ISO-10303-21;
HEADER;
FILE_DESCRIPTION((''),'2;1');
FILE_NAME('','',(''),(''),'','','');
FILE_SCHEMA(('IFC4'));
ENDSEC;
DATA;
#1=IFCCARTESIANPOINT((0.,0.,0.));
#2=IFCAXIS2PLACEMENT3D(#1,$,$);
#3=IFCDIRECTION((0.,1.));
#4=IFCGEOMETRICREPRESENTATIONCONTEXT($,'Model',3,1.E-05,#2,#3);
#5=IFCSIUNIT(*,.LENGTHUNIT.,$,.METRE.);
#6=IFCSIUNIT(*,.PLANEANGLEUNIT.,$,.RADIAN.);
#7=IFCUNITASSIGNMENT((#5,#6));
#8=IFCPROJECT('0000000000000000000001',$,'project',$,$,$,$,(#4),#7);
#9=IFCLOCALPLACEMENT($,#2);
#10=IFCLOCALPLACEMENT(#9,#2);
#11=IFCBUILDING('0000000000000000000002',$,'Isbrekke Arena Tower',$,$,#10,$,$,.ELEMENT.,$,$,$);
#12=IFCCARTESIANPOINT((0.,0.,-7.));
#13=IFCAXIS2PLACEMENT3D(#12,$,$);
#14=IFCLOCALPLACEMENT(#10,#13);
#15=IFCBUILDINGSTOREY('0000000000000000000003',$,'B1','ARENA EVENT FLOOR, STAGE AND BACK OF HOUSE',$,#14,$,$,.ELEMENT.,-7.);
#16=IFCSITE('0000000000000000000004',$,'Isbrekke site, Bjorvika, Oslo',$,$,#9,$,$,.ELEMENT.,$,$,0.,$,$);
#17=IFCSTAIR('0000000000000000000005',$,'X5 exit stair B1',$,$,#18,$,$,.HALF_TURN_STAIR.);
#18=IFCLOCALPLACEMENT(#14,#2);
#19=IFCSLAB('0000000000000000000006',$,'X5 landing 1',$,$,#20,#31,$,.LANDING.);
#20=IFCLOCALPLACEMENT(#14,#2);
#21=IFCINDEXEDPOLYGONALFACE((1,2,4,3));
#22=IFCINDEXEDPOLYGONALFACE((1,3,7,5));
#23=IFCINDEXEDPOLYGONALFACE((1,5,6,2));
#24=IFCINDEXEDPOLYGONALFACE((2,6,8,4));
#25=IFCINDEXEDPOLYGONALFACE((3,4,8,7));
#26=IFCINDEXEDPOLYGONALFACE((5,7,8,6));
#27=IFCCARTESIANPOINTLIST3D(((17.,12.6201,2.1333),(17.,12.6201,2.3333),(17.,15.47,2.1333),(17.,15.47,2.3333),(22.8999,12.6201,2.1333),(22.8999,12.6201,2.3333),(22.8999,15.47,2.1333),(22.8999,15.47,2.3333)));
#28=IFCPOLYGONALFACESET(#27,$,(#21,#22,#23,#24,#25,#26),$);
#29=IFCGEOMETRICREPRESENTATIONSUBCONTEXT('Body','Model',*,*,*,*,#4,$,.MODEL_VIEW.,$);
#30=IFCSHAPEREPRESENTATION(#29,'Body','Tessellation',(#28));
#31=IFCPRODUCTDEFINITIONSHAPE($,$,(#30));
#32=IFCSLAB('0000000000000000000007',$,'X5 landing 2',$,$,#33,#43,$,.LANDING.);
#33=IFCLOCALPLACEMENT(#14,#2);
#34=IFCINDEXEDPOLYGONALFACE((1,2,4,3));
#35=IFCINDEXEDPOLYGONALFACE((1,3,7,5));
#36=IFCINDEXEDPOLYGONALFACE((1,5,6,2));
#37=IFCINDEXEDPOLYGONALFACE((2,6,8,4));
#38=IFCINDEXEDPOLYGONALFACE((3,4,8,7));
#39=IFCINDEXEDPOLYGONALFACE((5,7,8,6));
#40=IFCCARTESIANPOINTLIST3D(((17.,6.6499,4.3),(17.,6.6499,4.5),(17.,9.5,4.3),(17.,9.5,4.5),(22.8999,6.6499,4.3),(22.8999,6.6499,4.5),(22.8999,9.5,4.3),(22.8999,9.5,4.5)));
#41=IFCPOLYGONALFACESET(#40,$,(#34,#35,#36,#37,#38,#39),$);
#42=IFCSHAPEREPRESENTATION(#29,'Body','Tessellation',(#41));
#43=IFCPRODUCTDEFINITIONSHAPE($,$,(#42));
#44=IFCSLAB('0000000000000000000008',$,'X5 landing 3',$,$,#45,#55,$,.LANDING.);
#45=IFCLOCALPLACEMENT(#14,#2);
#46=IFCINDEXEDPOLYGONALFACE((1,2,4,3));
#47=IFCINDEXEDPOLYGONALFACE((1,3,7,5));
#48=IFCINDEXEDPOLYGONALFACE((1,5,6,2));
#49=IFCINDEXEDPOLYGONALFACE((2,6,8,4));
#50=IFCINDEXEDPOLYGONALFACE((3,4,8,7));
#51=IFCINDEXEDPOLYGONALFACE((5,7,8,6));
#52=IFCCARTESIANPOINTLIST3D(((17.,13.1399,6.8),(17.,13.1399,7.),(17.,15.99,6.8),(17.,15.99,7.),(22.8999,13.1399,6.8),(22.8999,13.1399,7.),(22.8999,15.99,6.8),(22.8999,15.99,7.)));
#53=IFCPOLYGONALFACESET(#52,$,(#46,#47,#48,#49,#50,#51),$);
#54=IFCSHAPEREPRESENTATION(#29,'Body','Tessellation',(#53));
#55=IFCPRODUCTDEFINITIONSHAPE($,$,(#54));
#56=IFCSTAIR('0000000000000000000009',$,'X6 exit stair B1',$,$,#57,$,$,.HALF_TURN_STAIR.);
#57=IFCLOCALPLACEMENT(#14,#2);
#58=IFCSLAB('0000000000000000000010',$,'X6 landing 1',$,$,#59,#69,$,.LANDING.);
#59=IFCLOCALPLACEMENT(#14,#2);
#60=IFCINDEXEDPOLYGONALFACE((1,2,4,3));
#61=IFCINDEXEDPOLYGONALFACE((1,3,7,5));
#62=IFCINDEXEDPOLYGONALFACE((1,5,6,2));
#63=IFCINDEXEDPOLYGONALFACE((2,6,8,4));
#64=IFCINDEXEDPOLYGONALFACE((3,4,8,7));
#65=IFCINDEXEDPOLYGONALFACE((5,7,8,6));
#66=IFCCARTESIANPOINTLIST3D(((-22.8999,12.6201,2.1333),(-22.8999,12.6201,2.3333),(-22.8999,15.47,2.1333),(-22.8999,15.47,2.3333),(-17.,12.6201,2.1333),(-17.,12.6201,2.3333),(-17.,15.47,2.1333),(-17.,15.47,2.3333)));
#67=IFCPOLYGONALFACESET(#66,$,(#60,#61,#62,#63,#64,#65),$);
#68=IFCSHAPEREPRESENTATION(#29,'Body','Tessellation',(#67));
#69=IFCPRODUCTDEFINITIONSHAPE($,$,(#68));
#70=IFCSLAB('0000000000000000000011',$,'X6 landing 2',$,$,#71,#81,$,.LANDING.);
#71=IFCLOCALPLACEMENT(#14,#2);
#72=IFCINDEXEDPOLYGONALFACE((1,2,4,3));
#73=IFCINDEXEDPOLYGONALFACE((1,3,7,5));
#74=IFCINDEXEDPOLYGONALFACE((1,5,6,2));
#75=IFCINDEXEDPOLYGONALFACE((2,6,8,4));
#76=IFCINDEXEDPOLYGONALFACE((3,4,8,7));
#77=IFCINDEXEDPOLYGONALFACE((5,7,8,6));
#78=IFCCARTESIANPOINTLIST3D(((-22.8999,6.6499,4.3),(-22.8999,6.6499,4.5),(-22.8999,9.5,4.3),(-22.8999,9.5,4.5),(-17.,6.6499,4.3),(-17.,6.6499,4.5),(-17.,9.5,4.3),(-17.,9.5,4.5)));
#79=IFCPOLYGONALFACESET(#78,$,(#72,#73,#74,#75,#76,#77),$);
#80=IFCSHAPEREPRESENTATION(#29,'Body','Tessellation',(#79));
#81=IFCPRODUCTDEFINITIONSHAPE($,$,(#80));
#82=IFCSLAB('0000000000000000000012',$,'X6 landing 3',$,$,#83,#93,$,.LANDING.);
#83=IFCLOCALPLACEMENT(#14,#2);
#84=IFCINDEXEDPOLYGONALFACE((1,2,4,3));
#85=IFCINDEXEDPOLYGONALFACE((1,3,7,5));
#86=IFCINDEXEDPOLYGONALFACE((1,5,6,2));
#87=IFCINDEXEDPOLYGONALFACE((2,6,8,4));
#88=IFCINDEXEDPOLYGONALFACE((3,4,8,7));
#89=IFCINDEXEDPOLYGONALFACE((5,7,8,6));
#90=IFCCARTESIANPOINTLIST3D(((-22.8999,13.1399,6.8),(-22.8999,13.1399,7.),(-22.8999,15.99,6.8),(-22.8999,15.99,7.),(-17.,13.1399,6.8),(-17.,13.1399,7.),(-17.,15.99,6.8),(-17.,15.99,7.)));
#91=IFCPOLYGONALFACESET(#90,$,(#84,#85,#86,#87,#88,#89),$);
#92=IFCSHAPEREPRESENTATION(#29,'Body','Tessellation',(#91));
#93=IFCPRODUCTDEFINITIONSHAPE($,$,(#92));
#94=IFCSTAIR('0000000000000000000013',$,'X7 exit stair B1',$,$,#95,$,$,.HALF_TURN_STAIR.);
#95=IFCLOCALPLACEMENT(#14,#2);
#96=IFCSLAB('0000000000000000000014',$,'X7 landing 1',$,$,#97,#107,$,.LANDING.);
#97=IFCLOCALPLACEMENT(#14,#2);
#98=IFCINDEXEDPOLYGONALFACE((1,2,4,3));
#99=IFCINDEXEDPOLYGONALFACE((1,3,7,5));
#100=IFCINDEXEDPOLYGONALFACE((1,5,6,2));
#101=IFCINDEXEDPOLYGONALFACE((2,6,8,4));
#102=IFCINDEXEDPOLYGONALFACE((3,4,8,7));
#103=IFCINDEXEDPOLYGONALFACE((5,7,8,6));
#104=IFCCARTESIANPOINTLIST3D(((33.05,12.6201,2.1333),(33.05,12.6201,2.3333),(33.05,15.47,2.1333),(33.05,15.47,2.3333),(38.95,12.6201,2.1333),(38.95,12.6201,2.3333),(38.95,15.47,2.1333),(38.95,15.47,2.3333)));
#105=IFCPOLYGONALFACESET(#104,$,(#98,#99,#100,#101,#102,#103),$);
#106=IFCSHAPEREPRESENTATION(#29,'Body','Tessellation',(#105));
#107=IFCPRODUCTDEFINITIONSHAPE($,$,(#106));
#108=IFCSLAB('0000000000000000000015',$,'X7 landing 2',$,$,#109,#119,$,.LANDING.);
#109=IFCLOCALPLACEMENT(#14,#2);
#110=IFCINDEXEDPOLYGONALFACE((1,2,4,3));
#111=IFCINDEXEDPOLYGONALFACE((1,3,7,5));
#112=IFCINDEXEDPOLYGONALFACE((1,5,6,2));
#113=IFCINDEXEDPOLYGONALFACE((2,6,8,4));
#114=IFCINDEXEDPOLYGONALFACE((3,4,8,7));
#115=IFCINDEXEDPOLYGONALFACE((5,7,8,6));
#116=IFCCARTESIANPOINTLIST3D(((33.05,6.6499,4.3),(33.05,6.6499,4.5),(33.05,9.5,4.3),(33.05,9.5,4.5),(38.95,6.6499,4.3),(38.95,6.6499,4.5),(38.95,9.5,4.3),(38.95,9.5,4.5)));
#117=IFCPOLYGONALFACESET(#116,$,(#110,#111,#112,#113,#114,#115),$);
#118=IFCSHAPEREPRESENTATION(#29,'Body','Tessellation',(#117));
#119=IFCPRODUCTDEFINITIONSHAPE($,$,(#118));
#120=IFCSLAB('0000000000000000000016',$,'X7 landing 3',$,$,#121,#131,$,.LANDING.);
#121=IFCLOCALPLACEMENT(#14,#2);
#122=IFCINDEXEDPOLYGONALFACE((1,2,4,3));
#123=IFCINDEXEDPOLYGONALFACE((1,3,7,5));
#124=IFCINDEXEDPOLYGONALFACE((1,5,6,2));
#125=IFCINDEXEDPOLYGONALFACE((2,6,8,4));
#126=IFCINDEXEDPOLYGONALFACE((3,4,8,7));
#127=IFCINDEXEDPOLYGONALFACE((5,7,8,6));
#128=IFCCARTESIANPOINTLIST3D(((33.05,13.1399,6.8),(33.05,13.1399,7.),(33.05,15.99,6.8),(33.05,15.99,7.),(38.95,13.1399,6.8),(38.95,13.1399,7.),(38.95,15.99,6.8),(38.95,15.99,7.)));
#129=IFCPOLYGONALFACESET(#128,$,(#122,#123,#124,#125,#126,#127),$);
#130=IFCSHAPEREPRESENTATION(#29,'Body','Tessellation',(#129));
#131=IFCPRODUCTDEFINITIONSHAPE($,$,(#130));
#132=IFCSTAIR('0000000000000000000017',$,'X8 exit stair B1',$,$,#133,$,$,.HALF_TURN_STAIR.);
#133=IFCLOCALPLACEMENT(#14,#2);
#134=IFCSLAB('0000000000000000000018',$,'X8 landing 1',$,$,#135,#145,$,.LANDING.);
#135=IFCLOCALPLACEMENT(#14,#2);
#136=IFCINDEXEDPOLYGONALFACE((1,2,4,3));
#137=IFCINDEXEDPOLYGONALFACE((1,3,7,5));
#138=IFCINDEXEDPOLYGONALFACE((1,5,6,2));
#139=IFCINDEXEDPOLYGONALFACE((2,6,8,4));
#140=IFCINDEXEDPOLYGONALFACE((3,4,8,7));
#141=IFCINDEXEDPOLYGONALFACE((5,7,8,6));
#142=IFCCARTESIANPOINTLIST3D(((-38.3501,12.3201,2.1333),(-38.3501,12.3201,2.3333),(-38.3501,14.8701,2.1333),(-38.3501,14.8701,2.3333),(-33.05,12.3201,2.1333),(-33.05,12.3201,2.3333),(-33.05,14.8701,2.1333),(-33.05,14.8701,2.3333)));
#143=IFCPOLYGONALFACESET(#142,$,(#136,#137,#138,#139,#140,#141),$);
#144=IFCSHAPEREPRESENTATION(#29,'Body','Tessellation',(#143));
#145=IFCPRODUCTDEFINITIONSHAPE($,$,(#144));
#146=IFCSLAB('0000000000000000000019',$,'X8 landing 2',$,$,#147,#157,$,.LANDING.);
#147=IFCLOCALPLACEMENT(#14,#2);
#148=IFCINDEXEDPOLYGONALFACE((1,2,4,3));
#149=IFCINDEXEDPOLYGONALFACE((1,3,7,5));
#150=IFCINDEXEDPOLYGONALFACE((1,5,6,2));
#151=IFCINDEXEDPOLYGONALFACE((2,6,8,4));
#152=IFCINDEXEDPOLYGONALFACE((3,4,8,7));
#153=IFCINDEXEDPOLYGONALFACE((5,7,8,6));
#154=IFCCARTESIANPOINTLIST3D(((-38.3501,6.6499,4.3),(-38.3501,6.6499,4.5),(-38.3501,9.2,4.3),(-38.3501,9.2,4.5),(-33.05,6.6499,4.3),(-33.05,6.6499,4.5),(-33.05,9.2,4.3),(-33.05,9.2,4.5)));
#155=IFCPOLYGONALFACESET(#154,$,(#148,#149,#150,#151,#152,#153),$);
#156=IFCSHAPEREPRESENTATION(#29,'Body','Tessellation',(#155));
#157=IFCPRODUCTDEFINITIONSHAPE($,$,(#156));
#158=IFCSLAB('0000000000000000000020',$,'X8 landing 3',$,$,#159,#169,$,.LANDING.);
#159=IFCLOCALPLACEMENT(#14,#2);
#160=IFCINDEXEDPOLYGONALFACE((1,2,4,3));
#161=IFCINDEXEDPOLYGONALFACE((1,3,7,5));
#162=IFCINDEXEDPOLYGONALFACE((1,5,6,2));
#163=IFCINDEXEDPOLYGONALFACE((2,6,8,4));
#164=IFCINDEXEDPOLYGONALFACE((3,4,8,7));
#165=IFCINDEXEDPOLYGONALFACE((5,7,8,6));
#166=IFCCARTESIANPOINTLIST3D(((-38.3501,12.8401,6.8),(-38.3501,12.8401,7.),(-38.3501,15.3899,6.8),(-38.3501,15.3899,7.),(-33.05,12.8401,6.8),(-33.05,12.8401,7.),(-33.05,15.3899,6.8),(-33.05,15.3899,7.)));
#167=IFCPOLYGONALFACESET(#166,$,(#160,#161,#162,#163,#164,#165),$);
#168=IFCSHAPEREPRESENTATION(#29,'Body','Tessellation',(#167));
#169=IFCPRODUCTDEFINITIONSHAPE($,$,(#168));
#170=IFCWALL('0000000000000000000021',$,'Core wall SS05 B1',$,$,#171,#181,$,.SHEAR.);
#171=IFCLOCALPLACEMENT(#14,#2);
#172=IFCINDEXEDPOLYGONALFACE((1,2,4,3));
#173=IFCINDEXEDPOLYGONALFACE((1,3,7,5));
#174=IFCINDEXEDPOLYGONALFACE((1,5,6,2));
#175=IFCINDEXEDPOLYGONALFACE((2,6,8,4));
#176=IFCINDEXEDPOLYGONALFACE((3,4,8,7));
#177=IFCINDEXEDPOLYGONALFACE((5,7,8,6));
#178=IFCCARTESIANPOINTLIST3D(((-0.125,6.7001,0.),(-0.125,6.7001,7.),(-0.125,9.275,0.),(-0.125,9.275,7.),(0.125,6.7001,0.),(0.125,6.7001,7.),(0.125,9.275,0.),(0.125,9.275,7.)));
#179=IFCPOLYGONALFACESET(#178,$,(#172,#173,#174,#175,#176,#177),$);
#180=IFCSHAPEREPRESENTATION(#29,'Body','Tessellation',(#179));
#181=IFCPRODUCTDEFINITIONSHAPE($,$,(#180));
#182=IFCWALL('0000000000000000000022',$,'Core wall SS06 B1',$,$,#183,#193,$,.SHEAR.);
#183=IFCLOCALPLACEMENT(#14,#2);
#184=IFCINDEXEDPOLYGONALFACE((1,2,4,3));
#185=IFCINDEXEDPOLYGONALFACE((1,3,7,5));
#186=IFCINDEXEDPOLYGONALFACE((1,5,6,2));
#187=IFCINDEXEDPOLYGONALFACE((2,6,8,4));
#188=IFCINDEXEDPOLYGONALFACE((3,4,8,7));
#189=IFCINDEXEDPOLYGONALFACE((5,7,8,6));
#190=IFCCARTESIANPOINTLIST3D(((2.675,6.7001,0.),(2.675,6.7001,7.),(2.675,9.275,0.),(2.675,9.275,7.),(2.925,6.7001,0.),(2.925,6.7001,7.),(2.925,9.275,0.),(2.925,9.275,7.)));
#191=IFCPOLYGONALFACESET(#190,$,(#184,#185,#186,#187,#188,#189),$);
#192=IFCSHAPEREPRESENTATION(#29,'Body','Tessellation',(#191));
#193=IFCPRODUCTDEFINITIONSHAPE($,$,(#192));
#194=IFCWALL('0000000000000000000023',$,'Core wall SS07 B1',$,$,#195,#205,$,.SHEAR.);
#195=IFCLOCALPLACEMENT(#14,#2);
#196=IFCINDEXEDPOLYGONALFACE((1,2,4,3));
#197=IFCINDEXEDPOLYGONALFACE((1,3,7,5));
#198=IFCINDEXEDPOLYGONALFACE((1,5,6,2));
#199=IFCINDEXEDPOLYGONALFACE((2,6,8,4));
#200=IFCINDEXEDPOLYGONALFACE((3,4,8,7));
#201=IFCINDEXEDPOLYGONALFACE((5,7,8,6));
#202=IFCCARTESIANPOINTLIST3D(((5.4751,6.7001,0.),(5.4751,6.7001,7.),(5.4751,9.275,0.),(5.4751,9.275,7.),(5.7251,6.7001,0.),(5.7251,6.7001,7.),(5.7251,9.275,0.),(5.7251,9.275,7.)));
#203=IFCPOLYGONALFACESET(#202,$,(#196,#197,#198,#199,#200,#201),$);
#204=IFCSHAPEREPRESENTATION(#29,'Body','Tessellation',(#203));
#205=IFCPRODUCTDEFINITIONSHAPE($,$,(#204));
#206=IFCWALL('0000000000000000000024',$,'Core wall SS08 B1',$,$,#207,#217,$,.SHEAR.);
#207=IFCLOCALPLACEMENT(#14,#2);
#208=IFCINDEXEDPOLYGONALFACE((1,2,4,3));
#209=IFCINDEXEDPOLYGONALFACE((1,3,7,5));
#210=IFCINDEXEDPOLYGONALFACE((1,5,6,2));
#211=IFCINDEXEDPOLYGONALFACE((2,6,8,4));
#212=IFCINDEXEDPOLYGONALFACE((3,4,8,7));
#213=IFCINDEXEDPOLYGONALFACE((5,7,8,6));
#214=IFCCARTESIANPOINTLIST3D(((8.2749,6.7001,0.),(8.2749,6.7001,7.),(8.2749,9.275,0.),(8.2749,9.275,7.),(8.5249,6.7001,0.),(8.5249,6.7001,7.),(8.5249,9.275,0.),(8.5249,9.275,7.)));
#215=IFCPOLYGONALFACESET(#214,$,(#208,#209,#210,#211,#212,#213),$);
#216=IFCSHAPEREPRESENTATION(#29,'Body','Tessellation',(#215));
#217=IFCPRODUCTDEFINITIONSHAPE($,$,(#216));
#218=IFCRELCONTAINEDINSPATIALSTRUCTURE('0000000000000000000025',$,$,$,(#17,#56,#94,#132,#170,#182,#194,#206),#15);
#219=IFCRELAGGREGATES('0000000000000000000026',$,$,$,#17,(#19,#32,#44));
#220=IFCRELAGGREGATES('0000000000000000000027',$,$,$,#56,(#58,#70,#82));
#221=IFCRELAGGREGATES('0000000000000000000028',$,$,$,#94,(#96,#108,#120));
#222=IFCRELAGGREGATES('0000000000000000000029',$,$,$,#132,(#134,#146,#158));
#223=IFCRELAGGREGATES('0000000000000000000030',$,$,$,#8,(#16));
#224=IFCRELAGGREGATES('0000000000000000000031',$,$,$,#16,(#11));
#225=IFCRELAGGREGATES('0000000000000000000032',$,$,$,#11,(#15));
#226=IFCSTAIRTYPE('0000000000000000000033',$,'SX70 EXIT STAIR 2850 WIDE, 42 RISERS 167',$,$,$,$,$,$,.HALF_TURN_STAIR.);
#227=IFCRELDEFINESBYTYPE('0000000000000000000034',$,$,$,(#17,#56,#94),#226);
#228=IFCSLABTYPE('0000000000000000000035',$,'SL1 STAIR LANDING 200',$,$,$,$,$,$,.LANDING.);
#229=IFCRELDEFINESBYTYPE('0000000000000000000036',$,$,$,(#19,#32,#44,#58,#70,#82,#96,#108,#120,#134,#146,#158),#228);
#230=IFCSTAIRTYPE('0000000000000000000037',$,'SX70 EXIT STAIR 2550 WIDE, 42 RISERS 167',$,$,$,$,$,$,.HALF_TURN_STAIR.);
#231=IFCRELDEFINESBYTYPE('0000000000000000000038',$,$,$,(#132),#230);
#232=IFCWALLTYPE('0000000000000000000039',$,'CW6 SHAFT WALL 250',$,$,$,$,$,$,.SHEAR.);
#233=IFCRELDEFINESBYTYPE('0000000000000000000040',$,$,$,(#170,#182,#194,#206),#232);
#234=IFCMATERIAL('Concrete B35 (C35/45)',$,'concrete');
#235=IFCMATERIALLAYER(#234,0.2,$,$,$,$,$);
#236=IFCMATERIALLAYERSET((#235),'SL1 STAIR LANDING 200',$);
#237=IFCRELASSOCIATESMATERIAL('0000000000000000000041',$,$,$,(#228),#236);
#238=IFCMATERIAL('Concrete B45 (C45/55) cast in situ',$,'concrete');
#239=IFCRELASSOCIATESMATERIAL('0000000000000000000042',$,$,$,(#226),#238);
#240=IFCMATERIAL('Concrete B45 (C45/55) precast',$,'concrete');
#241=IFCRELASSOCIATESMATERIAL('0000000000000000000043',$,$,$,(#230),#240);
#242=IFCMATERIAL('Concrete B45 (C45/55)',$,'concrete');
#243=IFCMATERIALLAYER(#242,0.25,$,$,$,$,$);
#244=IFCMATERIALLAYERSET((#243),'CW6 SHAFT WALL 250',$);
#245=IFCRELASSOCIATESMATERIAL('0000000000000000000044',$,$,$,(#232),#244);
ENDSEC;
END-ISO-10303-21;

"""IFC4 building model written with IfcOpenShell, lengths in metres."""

from ifc_helpers import new_model, si_unit, direction, frame, frame_2d, origin, place, context, subcontext, project, spatial, polyline, rectangle, outline, extrude, material, layer, layer_set, type_object, element, aggregate, save


model = new_model("IFC4")

# Units and contexts
model_context = context("Model", 3, precision=1e-05, world=origin(), true_north=direction((0.0, 1.0)))
body_context = subcontext(model_context, "Body", "Model", "MODEL_VIEW")
ifc_project = project(units=[si_unit("LENGTHUNIT", "METRE"), si_unit("PLANEANGLEUNIT", "RADIAN")], contexts=[model_context])

# Site, building, storey
site_placement = place(None, origin())
site = spatial("IfcSite", under=ifc_project, at=site_placement, Name="Isbrekke site, Bjorvika, Oslo", CompositionType="ELEMENT", RefElevation=0.0)
building_placement = place(site_placement, origin())
building = spatial("IfcBuilding", under=site, at=building_placement, Name="Isbrekke Arena Tower", CompositionType="ELEMENT")
storey_placement = place(building_placement, frame((0.0, 0.0, -7.0)))
storey = spatial("IfcBuildingStorey", under=building, at=storey_placement, Name="B1", Description="ARENA EVENT FLOOR, STAGE AND BACK OF HOUSE", CompositionType="ELEMENT", Elevation=-7.0)

# Stairs, slabs
ifc_material_1 = material(Name="Concrete B35 (C35/45)", Category="concrete")
ifc_layer_1 = layer(ifc_material_1, 0.2)
ifc_layer_set_1 = layer_set([ifc_layer_1], Name="SL1 STAIR LANDING 200")
slab_type = type_object("IfcSlabType", Name="SL1 STAIR LANDING 200", PredefinedType="LANDING", material=ifc_layer_set_1)
ifc_material_2 = material(Name="Concrete B45 (C45/55) cast in situ", Category="concrete")
stair_type_1 = type_object("IfcStairType", Name="SX70 EXIT STAIR 2850 WIDE, 42 RISERS 167", PredefinedType="HALF_TURN_STAIR", material=ifc_material_2)
stair_1_placement = place(storey_placement, origin())
stair_1 = element("IfcStair", 1, at=stair_1_placement, inside=storey, type_object=stair_type_1, Name="X5 exit stair B1", PredefinedType="HALF_TURN_STAIR")
slab_1_placement = place(storey_placement, frame((0.0, 0.0, 2.1333)))
slab_1 = element("IfcSlab", 2, at=slab_1_placement, type_object=slab_type, Name="X5 landing 1", PredefinedType="LANDING", context=body_context, shape_type="SweptSolid", body=[
    extrude(outline(polyline([(17.0, 12.6201), (22.8999, 12.6201), (22.8999, 15.47), (17.0, 15.47), (17.0, 12.6201)])), origin(), (0.0, 0.0, 1.0), 0.2),
])
slab_2_placement = place(storey_placement, frame((0.0, 0.0, 4.3)))
slab_2 = element("IfcSlab", 3, at=slab_2_placement, type_object=slab_type, Name="X5 landing 2", PredefinedType="LANDING", context=body_context, shape_type="SweptSolid", body=[
    extrude(outline(polyline([(17.0, 6.6499), (22.8999, 6.6499), (22.8999, 9.5), (17.0, 9.5), (17.0, 6.6499)])), origin(), (0.0, 0.0, 1.0), 0.2),
])
slab_3_placement = place(storey_placement, frame((0.0, 0.0, 6.8)))
slab_3 = element("IfcSlab", 4, at=slab_3_placement, type_object=slab_type, Name="X5 landing 3", PredefinedType="LANDING", context=body_context, shape_type="SweptSolid", body=[
    extrude(outline(polyline([(17.0, 13.1399), (22.8999, 13.1399), (22.8999, 15.99), (17.0, 15.99), (17.0, 13.1399)])), origin(), (0.0, 0.0, 1.0), 0.2),
])
aggregate(stair_1, [slab_1, slab_2, slab_3])
stair_2_placement = place(storey_placement, origin())
stair_2 = element("IfcStair", 5, at=stair_2_placement, inside=storey, type_object=stair_type_1, Name="X6 exit stair B1", PredefinedType="HALF_TURN_STAIR")
slab_4_placement = place(storey_placement, frame((0.0, 0.0, 2.1333)))
slab_4 = element("IfcSlab", 6, at=slab_4_placement, type_object=slab_type, Name="X6 landing 1", PredefinedType="LANDING", context=body_context, shape_type="SweptSolid", body=[
    extrude(outline(polyline([(-22.8999, 12.6201), (-17.0, 12.6201), (-17.0, 15.47), (-22.8999, 15.47), (-22.8999, 12.6201)])), origin(), (0.0, 0.0, 1.0), 0.2),
])
slab_5_placement = place(storey_placement, frame((0.0, 0.0, 4.3)))
slab_5 = element("IfcSlab", 7, at=slab_5_placement, type_object=slab_type, Name="X6 landing 2", PredefinedType="LANDING", context=body_context, shape_type="SweptSolid", body=[
    extrude(outline(polyline([(-22.8999, 6.6499), (-17.0, 6.6499), (-17.0, 9.5), (-22.8999, 9.5), (-22.8999, 6.6499)])), origin(), (0.0, 0.0, 1.0), 0.2),
])
slab_6_placement = place(storey_placement, frame((0.0, 0.0, 6.8)))
slab_6 = element("IfcSlab", 8, at=slab_6_placement, type_object=slab_type, Name="X6 landing 3", PredefinedType="LANDING", context=body_context, shape_type="SweptSolid", body=[
    extrude(outline(polyline([(-22.8999, 13.1399), (-17.0, 13.1399), (-17.0, 15.99), (-22.8999, 15.99), (-22.8999, 13.1399)])), origin(), (0.0, 0.0, 1.0), 0.2),
])
aggregate(stair_2, [slab_4, slab_5, slab_6])
stair_3_placement = place(storey_placement, origin())
stair_3 = element("IfcStair", 9, at=stair_3_placement, inside=storey, type_object=stair_type_1, Name="X7 exit stair B1", PredefinedType="HALF_TURN_STAIR")
slab_7_placement = place(storey_placement, frame((0.0, 0.0, 2.1333)))
slab_7 = element("IfcSlab", 10, at=slab_7_placement, type_object=slab_type, Name="X7 landing 1", PredefinedType="LANDING", context=body_context, shape_type="SweptSolid", body=[
    extrude(outline(polyline([(33.05, 12.6201), (38.95, 12.6201), (38.95, 15.47), (33.05, 15.47), (33.05, 12.6201)])), origin(), (0.0, 0.0, 1.0), 0.2),
])
slab_8_placement = place(storey_placement, frame((0.0, 0.0, 4.3)))
slab_8 = element("IfcSlab", 11, at=slab_8_placement, type_object=slab_type, Name="X7 landing 2", PredefinedType="LANDING", context=body_context, shape_type="SweptSolid", body=[
    extrude(outline(polyline([(33.05, 6.6499), (38.95, 6.6499), (38.95, 9.5), (33.05, 9.5), (33.05, 6.6499)])), origin(), (0.0, 0.0, 1.0), 0.2),
])
slab_9_placement = place(storey_placement, frame((0.0, 0.0, 6.8)))
slab_9 = element("IfcSlab", 12, at=slab_9_placement, type_object=slab_type, Name="X7 landing 3", PredefinedType="LANDING", context=body_context, shape_type="SweptSolid", body=[
    extrude(outline(polyline([(33.05, 13.1399), (38.95, 13.1399), (38.95, 15.99), (33.05, 15.99), (33.05, 13.1399)])), origin(), (0.0, 0.0, 1.0), 0.2),
])
aggregate(stair_3, [slab_7, slab_8, slab_9])
ifc_material_3 = material(Name="Concrete B45 (C45/55) precast", Category="concrete")
stair_type_2 = type_object("IfcStairType", Name="SX70 EXIT STAIR 2550 WIDE, 42 RISERS 167", PredefinedType="HALF_TURN_STAIR", material=ifc_material_3)
stair_4_placement = place(storey_placement, origin())
stair_4 = element("IfcStair", 13, at=stair_4_placement, inside=storey, type_object=stair_type_2, Name="X8 exit stair B1", PredefinedType="HALF_TURN_STAIR")
slab_10_placement = place(storey_placement, frame((0.0, 0.0, 2.1333)))
slab_10 = element("IfcSlab", 14, at=slab_10_placement, type_object=slab_type, Name="X8 landing 1", PredefinedType="LANDING", context=body_context, shape_type="SweptSolid", body=[
    extrude(outline(polyline([(-38.3501, 12.3201), (-33.05, 12.3201), (-33.05, 14.8701), (-38.3501, 14.8701), (-38.3501, 12.3201)])), origin(), (0.0, 0.0, 1.0), 0.2),
])
slab_11_placement = place(storey_placement, frame((0.0, 0.0, 4.3)))
slab_11 = element("IfcSlab", 15, at=slab_11_placement, type_object=slab_type, Name="X8 landing 2", PredefinedType="LANDING", context=body_context, shape_type="SweptSolid", body=[
    extrude(outline(polyline([(-38.3501, 6.6499), (-33.05, 6.6499), (-33.05, 9.2), (-38.3501, 9.2), (-38.3501, 6.6499)])), origin(), (0.0, 0.0, 1.0), 0.2),
])
slab_12_placement = place(storey_placement, frame((0.0, 0.0, 6.8)))
slab_12 = element("IfcSlab", 16, at=slab_12_placement, type_object=slab_type, Name="X8 landing 3", PredefinedType="LANDING", context=body_context, shape_type="SweptSolid", body=[
    extrude(outline(polyline([(-38.3501, 12.8401), (-33.05, 12.8401), (-33.05, 15.3899), (-38.3501, 15.3899), (-38.3501, 12.8401)])), origin(), (0.0, 0.0, 1.0), 0.2),
])
aggregate(stair_4, [slab_10, slab_11, slab_12])

# Walls
ifc_material_4 = material(Name="Concrete B45 (C45/55)", Category="concrete")
ifc_layer_2 = layer(ifc_material_4, 0.25)
ifc_layer_set_2 = layer_set([ifc_layer_2], Name="CW6 SHAFT WALL 250")
wall_type = type_object("IfcWallType", Name="CW6 SHAFT WALL 250", PredefinedType="SHEAR", material=ifc_layer_set_2)
for number, where, z_axis, x_axis, name in (
    (17, (0.0, 6.7, 0.0), (0.0, 0.0, 1.0), (0.0, 1.0, 0.0), "Core wall SS05 B1"),
    (18, (2.8, 6.7, 0.0), (0.0, 0.0, 1.0), (0.0, 1.0, 0.0), "Core wall SS06 B1"),
    (19, (5.6001, 6.7, 0.0), (0.0, 0.0, 1.0), (0.0, 1.0, 0.0), "Core wall SS07 B1"),
    (20, (8.3999, 6.7, 0.0), (0.0, 0.0, 1.0), (0.0, 1.0, 0.0), "Core wall SS08 B1"),
):
    element("IfcWall", number, at=place(storey_placement, frame(where, z_axis=z_axis, x_axis=x_axis)), inside=storey, type_object=wall_type, Name=name, PredefinedType="SHEAR", context=body_context, shape_type="SweptSolid", body=[
        extrude(rectangle(XDim=2.575, YDim=0.25, at=frame_2d((1.2876, 0.0))), origin(), (0.0, 0.0, 1.0), 7.0),
    ])

save(model, "model.ifc")
